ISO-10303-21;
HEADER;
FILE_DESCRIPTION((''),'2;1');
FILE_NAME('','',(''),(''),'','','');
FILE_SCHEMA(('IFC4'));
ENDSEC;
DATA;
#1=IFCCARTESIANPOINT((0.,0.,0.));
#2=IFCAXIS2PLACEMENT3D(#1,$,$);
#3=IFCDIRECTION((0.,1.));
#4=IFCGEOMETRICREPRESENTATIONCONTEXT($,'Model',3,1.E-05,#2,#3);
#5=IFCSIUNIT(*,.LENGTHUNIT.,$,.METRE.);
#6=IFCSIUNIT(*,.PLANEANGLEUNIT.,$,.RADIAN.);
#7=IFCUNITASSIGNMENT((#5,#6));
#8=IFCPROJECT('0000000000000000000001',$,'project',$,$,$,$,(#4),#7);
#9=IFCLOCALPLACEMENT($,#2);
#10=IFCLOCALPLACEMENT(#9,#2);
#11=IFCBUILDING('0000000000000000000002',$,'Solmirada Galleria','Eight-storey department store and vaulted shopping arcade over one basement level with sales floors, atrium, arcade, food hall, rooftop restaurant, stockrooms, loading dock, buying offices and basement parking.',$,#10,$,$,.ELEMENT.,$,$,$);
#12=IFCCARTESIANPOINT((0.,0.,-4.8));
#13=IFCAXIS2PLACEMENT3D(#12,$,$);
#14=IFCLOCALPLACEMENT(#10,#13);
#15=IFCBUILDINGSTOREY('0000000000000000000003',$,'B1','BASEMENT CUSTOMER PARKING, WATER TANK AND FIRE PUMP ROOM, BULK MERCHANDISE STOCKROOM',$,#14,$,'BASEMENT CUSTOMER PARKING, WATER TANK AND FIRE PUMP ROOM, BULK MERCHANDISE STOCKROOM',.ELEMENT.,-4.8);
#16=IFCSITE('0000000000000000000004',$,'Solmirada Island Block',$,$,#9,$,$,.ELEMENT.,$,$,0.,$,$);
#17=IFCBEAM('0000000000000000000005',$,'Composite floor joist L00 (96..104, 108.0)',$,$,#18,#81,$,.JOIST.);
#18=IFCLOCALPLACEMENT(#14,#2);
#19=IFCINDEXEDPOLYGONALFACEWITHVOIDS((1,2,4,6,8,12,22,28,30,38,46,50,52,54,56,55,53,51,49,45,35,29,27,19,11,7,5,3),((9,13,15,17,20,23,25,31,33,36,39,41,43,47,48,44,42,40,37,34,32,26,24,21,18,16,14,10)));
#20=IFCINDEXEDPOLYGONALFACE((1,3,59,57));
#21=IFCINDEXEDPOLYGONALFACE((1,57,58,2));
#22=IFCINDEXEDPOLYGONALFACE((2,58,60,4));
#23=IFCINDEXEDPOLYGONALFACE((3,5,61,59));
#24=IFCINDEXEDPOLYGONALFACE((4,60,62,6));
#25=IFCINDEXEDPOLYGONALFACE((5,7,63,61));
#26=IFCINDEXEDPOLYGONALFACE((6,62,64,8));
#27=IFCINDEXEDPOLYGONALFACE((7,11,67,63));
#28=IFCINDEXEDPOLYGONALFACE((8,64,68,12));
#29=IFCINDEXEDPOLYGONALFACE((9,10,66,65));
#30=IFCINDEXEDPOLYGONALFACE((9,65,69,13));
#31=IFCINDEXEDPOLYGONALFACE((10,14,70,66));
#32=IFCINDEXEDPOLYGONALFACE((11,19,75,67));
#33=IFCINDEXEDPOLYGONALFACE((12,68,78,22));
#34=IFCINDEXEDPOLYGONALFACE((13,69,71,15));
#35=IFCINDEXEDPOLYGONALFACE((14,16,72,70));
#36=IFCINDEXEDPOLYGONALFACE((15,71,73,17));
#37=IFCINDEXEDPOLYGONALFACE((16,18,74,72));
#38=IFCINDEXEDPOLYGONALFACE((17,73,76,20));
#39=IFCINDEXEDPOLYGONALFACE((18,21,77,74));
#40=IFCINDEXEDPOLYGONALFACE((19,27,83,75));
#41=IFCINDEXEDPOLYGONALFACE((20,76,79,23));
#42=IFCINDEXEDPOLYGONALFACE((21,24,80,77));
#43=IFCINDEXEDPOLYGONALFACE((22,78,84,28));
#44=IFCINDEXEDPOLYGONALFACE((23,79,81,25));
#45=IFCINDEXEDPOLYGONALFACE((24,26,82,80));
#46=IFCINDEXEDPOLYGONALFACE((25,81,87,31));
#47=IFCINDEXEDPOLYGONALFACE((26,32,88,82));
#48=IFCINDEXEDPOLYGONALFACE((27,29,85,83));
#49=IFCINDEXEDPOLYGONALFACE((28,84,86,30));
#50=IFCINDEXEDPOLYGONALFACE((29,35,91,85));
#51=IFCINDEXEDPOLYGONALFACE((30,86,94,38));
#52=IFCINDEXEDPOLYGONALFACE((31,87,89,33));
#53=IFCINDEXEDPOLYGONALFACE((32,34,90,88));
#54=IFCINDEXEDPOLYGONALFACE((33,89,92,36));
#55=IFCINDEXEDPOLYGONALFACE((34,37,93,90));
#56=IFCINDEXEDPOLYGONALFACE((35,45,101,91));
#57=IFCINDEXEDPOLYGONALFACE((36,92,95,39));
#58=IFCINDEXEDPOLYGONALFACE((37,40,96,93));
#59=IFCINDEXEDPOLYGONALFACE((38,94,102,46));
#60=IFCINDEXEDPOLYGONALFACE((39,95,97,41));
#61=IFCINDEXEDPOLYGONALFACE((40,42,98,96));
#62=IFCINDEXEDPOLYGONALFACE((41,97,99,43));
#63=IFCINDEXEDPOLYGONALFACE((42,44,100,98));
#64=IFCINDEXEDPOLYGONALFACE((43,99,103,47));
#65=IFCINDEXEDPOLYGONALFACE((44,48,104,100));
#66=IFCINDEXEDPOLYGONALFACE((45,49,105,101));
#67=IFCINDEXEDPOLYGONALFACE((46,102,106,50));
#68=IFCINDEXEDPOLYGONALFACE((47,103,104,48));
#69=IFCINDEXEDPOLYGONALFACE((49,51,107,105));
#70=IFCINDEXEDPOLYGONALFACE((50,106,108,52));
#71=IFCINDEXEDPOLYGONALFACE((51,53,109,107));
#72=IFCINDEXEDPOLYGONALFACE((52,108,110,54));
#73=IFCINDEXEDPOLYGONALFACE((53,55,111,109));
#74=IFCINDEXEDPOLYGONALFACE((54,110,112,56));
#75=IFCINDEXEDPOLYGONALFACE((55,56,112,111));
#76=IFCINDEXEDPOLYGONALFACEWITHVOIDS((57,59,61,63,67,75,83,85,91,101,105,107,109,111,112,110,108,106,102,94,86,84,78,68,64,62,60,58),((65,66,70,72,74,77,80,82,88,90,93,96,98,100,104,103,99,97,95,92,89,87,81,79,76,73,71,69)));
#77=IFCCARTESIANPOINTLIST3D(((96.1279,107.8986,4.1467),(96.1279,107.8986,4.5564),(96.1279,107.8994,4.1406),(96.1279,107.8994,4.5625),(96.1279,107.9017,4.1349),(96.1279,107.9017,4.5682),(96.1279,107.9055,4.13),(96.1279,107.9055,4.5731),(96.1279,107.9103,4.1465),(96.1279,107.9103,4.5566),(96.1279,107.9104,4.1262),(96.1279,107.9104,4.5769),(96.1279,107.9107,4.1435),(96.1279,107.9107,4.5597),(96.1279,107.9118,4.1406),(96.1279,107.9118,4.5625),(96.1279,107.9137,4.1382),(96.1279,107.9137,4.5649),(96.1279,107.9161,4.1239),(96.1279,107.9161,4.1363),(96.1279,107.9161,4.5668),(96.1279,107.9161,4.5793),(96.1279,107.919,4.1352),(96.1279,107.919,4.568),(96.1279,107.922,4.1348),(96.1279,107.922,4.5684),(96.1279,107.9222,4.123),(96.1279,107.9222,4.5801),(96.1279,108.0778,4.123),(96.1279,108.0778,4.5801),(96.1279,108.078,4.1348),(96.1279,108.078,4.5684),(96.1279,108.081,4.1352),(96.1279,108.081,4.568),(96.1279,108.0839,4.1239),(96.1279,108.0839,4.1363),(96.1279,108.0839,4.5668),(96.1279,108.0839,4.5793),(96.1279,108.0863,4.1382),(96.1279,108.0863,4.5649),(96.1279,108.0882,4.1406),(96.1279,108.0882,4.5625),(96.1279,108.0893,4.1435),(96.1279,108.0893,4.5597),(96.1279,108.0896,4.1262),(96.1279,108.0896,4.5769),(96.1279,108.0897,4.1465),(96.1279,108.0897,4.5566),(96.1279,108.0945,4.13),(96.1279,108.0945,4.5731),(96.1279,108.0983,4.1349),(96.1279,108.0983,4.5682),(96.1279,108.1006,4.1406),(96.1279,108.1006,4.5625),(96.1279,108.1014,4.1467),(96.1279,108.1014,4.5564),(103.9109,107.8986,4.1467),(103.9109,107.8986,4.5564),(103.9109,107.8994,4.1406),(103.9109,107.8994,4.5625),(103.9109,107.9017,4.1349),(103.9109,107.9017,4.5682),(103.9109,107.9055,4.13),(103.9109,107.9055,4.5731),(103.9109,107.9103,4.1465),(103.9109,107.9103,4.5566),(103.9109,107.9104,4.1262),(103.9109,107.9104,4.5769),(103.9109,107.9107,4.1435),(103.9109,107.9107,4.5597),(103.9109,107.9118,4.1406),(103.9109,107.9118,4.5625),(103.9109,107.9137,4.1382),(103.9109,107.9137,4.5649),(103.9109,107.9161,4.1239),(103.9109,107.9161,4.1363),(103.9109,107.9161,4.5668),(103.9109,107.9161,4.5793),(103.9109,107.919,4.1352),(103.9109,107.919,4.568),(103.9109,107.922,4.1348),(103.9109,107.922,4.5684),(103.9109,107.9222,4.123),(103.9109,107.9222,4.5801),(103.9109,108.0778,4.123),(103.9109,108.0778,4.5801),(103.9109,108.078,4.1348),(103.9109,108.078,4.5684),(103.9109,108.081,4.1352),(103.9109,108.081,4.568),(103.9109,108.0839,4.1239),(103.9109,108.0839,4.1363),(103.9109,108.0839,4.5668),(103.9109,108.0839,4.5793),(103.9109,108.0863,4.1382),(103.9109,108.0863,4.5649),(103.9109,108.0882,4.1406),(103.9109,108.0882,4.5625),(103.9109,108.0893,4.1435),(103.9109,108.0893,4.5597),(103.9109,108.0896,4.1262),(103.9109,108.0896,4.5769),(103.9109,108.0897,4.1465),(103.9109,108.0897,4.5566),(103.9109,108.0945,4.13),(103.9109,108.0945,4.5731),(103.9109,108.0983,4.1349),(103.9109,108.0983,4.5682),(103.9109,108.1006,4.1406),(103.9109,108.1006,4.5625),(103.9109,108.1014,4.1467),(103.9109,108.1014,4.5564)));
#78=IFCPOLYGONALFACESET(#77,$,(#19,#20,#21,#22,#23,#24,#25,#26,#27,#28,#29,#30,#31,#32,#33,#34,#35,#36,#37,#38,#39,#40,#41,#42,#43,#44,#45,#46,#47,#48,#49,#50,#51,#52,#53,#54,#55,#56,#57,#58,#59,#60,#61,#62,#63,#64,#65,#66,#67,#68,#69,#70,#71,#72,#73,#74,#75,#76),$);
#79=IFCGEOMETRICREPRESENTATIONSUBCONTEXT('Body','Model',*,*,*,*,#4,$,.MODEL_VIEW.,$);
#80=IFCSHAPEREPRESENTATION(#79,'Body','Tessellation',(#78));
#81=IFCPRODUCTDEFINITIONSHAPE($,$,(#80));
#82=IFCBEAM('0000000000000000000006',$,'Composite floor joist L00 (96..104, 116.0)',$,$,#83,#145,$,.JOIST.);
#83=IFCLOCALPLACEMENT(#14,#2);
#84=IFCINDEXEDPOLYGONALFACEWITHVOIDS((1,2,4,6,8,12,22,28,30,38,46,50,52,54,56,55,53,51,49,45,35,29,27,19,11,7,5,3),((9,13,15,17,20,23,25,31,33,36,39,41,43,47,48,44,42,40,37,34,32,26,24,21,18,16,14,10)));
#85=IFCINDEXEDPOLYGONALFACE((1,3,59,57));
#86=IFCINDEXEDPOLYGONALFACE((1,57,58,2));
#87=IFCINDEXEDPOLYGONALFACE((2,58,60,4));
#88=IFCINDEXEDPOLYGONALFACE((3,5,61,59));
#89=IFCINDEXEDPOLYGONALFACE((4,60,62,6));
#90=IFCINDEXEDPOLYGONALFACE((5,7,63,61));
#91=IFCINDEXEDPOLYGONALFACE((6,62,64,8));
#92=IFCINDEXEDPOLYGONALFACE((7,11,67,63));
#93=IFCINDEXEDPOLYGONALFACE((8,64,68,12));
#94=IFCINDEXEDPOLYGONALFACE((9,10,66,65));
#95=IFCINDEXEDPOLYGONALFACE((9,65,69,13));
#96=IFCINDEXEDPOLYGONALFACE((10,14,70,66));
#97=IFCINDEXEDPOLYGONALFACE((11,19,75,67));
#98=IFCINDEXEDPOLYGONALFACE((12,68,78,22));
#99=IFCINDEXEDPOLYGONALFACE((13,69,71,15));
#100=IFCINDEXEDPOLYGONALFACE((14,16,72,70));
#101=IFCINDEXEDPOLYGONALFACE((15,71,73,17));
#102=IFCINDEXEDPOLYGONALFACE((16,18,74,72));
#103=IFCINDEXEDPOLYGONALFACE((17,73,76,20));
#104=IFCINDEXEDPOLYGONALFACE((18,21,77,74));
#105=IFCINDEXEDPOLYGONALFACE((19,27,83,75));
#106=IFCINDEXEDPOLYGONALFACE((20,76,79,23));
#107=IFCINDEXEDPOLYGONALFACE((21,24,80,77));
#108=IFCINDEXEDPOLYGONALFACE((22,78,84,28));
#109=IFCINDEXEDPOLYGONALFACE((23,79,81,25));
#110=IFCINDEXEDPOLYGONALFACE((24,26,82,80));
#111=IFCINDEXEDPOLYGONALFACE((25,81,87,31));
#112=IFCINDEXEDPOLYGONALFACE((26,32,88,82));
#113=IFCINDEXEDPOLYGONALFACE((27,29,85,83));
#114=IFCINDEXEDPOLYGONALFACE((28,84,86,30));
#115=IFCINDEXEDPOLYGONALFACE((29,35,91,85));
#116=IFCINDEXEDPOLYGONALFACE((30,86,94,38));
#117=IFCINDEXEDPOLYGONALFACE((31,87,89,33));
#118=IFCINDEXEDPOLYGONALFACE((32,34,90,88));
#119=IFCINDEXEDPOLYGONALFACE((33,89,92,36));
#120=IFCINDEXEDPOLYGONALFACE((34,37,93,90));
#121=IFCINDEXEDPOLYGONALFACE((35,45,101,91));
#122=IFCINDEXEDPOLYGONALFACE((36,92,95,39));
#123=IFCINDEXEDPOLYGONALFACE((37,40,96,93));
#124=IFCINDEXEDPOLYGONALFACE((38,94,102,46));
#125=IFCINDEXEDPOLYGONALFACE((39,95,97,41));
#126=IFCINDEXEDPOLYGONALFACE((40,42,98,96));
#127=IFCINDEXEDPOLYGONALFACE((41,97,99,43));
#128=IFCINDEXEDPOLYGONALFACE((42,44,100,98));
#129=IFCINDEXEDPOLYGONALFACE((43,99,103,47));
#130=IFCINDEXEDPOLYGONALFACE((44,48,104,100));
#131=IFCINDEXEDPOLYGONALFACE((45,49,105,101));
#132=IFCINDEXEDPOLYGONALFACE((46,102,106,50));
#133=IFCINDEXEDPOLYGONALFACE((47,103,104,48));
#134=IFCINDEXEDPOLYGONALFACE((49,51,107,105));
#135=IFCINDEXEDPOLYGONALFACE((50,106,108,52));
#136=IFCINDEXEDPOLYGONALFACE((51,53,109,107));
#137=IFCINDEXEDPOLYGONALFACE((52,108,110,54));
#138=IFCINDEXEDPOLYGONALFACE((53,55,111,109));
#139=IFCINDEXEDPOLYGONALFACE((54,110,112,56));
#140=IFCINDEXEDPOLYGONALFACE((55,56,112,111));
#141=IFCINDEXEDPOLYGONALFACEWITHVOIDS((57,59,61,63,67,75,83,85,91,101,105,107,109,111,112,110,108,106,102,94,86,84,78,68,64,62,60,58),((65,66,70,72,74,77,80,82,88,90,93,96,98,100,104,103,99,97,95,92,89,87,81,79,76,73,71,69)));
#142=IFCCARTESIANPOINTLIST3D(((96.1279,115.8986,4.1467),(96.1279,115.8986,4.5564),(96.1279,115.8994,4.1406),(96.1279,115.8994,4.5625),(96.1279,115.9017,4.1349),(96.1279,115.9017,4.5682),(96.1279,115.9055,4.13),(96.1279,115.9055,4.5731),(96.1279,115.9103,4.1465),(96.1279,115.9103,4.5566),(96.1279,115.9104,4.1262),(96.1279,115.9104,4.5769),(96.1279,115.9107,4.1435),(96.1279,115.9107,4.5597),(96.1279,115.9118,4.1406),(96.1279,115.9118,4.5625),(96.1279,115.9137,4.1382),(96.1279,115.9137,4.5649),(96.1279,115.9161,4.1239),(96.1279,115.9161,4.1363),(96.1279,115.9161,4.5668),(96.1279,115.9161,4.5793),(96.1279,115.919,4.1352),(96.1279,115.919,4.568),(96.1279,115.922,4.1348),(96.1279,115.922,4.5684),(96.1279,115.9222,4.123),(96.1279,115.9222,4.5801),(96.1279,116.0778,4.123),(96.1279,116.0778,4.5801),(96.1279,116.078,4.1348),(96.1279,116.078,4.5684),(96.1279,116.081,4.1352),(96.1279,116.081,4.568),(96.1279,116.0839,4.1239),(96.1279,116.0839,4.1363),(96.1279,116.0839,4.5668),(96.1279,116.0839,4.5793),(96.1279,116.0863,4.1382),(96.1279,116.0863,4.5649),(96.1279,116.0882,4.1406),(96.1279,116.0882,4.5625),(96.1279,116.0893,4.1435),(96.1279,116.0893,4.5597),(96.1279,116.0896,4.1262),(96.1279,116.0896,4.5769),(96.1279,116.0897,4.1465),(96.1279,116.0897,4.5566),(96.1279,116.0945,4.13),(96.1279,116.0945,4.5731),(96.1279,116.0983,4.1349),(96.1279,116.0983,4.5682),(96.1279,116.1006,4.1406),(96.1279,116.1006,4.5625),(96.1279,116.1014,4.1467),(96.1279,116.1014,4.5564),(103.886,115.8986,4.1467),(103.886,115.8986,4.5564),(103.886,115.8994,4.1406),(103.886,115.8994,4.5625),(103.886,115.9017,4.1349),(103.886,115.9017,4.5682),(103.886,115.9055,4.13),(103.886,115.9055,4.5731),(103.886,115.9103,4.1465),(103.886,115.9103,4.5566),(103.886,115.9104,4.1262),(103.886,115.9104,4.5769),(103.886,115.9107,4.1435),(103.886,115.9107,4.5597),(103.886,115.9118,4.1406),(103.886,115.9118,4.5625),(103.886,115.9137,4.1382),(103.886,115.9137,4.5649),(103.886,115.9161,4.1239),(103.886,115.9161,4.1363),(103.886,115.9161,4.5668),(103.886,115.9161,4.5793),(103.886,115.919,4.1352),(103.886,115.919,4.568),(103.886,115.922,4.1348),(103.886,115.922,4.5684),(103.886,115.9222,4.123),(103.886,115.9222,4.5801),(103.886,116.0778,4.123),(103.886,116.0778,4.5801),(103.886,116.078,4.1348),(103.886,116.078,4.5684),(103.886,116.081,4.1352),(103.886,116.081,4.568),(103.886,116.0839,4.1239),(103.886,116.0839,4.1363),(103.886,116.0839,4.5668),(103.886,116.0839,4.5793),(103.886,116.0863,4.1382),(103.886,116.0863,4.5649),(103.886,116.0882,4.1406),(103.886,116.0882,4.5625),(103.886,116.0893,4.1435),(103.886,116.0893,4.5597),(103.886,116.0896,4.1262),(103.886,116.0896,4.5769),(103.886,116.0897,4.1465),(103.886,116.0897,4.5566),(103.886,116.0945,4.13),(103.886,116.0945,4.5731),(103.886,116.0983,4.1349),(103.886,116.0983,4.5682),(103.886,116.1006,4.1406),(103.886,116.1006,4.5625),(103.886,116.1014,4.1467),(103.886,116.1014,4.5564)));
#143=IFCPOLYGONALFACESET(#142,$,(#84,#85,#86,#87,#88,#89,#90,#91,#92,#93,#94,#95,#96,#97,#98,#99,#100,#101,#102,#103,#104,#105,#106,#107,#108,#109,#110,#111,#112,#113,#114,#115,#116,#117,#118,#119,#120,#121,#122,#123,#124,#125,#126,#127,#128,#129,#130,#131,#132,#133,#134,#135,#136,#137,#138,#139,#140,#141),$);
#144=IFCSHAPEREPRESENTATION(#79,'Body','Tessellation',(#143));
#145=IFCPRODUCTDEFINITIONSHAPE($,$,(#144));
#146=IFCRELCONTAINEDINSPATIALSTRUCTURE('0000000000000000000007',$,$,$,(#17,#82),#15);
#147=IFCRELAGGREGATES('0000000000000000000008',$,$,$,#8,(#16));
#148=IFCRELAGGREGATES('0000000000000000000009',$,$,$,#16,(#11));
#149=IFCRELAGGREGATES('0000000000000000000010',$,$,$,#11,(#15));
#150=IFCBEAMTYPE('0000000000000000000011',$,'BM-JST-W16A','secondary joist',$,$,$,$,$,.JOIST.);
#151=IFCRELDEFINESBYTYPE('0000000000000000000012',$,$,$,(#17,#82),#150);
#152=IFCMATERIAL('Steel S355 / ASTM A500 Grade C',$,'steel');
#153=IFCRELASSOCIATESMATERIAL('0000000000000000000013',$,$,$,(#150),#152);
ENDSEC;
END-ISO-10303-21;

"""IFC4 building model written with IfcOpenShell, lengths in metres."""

from ifc_helpers import new_model, si_unit, direction, frame, origin, origin_2d, place, context, subcontext, project, spatial, hollow_rectangle, extrude, material, material_profile, profile_set, type_object, element, save


model = new_model("IFC4")

# Units and contexts
model_context = context("Model", 3, precision=1e-05, world=origin(), true_north=direction((0.0, 1.0)))
body_context = subcontext(model_context, "Body", "Model", "MODEL_VIEW")
ifc_project = project(units=[si_unit("LENGTHUNIT", "METRE"), si_unit("PLANEANGLEUNIT", "RADIAN")], contexts=[model_context])

# Site, building, storey
site_placement = place(None, origin())
site = spatial("IfcSite", under=ifc_project, at=site_placement, Name="Solmirada Island Block", CompositionType="ELEMENT", RefElevation=0.0)
building_placement = place(site_placement, origin())
building = spatial("IfcBuilding", under=site, at=building_placement, Name="Solmirada Galleria", Description="Eight-storey department store and vaulted shopping arcade over one basement level with sales floors, atrium, arcade, food hall, rooftop restaurant, stockrooms, loading dock, buying offices and basement parking.", CompositionType="ELEMENT")
storey_placement = place(building_placement, frame((0.0, 0.0, -4.8)))
storey = spatial("IfcBuildingStorey", under=building, at=storey_placement, Name="B1", Description="BASEMENT CUSTOMER PARKING, WATER TANK AND FIRE PUMP ROOM, BULK MERCHANDISE STOCKROOM", LongName="BASEMENT CUSTOMER PARKING, WATER TANK AND FIRE PUMP ROOM, BULK MERCHANDISE STOCKROOM", CompositionType="ELEMENT", Elevation=-4.8)

# Shared definitions
ifc_material_1 = material(Name="Steel S355 / ASTM A500 Grade C", Category="steel")

# Beams
ifc_material_profile_1 = material_profile(ifc_material_1, hollow_rectangle(XDim=0.2029, YDim=0.457, WallThickness=0.0117, InnerFilletRadius=0.0117, OuterFilletRadius=0.0237, at=origin_2d()), Name="HSS18X8X1/2")
ifc_profile_set_1 = profile_set([ifc_material_profile_1], Name="Steel S355 / ASTM A500 Grade C")
beam_type_1 = type_object("IfcBeamType", Name="BM-JST-W16A", Description="secondary joist", PredefinedType="JOIST", material=ifc_profile_set_1)
beam_1_placement = place(storey_placement, frame((96.1279, 108.0, 4.3516), z_axis=(1.0, 0.0, 0.0), x_axis=(0.0, 1.0, 0.0)))
element("IfcBeam", 1, at=beam_1_placement, inside=storey, type_object=beam_type_1, Name="Composite floor joist L00 (96..104, 108.0)", PredefinedType="JOIST", context=body_context, shape_type="SweptSolid", body=[
    extrude(hollow_rectangle(XDim=0.2029, YDim=0.457, WallThickness=0.0117, InnerFilletRadius=0.0117, OuterFilletRadius=0.0237, at=origin_2d()), origin(), (0.0, 0.0, 1.0), 7.783),
])
beam_2_placement = place(storey_placement, frame((96.1279, 116.0, 4.3516), z_axis=(1.0, 0.0, 0.0), x_axis=(0.0, 1.0, 0.0)))
element("IfcBeam", 2, at=beam_2_placement, inside=storey, type_object=beam_type_1, Name="Composite floor joist L00 (96..104, 116.0)", PredefinedType="JOIST", context=body_context, shape_type="SweptSolid", body=[
    extrude(hollow_rectangle(XDim=0.2029, YDim=0.457, WallThickness=0.0117, InnerFilletRadius=0.0117, OuterFilletRadius=0.0237, at=origin_2d()), origin(), (0.0, 0.0, 1.0), 7.7581),
])

save(model, "model.ifc")
